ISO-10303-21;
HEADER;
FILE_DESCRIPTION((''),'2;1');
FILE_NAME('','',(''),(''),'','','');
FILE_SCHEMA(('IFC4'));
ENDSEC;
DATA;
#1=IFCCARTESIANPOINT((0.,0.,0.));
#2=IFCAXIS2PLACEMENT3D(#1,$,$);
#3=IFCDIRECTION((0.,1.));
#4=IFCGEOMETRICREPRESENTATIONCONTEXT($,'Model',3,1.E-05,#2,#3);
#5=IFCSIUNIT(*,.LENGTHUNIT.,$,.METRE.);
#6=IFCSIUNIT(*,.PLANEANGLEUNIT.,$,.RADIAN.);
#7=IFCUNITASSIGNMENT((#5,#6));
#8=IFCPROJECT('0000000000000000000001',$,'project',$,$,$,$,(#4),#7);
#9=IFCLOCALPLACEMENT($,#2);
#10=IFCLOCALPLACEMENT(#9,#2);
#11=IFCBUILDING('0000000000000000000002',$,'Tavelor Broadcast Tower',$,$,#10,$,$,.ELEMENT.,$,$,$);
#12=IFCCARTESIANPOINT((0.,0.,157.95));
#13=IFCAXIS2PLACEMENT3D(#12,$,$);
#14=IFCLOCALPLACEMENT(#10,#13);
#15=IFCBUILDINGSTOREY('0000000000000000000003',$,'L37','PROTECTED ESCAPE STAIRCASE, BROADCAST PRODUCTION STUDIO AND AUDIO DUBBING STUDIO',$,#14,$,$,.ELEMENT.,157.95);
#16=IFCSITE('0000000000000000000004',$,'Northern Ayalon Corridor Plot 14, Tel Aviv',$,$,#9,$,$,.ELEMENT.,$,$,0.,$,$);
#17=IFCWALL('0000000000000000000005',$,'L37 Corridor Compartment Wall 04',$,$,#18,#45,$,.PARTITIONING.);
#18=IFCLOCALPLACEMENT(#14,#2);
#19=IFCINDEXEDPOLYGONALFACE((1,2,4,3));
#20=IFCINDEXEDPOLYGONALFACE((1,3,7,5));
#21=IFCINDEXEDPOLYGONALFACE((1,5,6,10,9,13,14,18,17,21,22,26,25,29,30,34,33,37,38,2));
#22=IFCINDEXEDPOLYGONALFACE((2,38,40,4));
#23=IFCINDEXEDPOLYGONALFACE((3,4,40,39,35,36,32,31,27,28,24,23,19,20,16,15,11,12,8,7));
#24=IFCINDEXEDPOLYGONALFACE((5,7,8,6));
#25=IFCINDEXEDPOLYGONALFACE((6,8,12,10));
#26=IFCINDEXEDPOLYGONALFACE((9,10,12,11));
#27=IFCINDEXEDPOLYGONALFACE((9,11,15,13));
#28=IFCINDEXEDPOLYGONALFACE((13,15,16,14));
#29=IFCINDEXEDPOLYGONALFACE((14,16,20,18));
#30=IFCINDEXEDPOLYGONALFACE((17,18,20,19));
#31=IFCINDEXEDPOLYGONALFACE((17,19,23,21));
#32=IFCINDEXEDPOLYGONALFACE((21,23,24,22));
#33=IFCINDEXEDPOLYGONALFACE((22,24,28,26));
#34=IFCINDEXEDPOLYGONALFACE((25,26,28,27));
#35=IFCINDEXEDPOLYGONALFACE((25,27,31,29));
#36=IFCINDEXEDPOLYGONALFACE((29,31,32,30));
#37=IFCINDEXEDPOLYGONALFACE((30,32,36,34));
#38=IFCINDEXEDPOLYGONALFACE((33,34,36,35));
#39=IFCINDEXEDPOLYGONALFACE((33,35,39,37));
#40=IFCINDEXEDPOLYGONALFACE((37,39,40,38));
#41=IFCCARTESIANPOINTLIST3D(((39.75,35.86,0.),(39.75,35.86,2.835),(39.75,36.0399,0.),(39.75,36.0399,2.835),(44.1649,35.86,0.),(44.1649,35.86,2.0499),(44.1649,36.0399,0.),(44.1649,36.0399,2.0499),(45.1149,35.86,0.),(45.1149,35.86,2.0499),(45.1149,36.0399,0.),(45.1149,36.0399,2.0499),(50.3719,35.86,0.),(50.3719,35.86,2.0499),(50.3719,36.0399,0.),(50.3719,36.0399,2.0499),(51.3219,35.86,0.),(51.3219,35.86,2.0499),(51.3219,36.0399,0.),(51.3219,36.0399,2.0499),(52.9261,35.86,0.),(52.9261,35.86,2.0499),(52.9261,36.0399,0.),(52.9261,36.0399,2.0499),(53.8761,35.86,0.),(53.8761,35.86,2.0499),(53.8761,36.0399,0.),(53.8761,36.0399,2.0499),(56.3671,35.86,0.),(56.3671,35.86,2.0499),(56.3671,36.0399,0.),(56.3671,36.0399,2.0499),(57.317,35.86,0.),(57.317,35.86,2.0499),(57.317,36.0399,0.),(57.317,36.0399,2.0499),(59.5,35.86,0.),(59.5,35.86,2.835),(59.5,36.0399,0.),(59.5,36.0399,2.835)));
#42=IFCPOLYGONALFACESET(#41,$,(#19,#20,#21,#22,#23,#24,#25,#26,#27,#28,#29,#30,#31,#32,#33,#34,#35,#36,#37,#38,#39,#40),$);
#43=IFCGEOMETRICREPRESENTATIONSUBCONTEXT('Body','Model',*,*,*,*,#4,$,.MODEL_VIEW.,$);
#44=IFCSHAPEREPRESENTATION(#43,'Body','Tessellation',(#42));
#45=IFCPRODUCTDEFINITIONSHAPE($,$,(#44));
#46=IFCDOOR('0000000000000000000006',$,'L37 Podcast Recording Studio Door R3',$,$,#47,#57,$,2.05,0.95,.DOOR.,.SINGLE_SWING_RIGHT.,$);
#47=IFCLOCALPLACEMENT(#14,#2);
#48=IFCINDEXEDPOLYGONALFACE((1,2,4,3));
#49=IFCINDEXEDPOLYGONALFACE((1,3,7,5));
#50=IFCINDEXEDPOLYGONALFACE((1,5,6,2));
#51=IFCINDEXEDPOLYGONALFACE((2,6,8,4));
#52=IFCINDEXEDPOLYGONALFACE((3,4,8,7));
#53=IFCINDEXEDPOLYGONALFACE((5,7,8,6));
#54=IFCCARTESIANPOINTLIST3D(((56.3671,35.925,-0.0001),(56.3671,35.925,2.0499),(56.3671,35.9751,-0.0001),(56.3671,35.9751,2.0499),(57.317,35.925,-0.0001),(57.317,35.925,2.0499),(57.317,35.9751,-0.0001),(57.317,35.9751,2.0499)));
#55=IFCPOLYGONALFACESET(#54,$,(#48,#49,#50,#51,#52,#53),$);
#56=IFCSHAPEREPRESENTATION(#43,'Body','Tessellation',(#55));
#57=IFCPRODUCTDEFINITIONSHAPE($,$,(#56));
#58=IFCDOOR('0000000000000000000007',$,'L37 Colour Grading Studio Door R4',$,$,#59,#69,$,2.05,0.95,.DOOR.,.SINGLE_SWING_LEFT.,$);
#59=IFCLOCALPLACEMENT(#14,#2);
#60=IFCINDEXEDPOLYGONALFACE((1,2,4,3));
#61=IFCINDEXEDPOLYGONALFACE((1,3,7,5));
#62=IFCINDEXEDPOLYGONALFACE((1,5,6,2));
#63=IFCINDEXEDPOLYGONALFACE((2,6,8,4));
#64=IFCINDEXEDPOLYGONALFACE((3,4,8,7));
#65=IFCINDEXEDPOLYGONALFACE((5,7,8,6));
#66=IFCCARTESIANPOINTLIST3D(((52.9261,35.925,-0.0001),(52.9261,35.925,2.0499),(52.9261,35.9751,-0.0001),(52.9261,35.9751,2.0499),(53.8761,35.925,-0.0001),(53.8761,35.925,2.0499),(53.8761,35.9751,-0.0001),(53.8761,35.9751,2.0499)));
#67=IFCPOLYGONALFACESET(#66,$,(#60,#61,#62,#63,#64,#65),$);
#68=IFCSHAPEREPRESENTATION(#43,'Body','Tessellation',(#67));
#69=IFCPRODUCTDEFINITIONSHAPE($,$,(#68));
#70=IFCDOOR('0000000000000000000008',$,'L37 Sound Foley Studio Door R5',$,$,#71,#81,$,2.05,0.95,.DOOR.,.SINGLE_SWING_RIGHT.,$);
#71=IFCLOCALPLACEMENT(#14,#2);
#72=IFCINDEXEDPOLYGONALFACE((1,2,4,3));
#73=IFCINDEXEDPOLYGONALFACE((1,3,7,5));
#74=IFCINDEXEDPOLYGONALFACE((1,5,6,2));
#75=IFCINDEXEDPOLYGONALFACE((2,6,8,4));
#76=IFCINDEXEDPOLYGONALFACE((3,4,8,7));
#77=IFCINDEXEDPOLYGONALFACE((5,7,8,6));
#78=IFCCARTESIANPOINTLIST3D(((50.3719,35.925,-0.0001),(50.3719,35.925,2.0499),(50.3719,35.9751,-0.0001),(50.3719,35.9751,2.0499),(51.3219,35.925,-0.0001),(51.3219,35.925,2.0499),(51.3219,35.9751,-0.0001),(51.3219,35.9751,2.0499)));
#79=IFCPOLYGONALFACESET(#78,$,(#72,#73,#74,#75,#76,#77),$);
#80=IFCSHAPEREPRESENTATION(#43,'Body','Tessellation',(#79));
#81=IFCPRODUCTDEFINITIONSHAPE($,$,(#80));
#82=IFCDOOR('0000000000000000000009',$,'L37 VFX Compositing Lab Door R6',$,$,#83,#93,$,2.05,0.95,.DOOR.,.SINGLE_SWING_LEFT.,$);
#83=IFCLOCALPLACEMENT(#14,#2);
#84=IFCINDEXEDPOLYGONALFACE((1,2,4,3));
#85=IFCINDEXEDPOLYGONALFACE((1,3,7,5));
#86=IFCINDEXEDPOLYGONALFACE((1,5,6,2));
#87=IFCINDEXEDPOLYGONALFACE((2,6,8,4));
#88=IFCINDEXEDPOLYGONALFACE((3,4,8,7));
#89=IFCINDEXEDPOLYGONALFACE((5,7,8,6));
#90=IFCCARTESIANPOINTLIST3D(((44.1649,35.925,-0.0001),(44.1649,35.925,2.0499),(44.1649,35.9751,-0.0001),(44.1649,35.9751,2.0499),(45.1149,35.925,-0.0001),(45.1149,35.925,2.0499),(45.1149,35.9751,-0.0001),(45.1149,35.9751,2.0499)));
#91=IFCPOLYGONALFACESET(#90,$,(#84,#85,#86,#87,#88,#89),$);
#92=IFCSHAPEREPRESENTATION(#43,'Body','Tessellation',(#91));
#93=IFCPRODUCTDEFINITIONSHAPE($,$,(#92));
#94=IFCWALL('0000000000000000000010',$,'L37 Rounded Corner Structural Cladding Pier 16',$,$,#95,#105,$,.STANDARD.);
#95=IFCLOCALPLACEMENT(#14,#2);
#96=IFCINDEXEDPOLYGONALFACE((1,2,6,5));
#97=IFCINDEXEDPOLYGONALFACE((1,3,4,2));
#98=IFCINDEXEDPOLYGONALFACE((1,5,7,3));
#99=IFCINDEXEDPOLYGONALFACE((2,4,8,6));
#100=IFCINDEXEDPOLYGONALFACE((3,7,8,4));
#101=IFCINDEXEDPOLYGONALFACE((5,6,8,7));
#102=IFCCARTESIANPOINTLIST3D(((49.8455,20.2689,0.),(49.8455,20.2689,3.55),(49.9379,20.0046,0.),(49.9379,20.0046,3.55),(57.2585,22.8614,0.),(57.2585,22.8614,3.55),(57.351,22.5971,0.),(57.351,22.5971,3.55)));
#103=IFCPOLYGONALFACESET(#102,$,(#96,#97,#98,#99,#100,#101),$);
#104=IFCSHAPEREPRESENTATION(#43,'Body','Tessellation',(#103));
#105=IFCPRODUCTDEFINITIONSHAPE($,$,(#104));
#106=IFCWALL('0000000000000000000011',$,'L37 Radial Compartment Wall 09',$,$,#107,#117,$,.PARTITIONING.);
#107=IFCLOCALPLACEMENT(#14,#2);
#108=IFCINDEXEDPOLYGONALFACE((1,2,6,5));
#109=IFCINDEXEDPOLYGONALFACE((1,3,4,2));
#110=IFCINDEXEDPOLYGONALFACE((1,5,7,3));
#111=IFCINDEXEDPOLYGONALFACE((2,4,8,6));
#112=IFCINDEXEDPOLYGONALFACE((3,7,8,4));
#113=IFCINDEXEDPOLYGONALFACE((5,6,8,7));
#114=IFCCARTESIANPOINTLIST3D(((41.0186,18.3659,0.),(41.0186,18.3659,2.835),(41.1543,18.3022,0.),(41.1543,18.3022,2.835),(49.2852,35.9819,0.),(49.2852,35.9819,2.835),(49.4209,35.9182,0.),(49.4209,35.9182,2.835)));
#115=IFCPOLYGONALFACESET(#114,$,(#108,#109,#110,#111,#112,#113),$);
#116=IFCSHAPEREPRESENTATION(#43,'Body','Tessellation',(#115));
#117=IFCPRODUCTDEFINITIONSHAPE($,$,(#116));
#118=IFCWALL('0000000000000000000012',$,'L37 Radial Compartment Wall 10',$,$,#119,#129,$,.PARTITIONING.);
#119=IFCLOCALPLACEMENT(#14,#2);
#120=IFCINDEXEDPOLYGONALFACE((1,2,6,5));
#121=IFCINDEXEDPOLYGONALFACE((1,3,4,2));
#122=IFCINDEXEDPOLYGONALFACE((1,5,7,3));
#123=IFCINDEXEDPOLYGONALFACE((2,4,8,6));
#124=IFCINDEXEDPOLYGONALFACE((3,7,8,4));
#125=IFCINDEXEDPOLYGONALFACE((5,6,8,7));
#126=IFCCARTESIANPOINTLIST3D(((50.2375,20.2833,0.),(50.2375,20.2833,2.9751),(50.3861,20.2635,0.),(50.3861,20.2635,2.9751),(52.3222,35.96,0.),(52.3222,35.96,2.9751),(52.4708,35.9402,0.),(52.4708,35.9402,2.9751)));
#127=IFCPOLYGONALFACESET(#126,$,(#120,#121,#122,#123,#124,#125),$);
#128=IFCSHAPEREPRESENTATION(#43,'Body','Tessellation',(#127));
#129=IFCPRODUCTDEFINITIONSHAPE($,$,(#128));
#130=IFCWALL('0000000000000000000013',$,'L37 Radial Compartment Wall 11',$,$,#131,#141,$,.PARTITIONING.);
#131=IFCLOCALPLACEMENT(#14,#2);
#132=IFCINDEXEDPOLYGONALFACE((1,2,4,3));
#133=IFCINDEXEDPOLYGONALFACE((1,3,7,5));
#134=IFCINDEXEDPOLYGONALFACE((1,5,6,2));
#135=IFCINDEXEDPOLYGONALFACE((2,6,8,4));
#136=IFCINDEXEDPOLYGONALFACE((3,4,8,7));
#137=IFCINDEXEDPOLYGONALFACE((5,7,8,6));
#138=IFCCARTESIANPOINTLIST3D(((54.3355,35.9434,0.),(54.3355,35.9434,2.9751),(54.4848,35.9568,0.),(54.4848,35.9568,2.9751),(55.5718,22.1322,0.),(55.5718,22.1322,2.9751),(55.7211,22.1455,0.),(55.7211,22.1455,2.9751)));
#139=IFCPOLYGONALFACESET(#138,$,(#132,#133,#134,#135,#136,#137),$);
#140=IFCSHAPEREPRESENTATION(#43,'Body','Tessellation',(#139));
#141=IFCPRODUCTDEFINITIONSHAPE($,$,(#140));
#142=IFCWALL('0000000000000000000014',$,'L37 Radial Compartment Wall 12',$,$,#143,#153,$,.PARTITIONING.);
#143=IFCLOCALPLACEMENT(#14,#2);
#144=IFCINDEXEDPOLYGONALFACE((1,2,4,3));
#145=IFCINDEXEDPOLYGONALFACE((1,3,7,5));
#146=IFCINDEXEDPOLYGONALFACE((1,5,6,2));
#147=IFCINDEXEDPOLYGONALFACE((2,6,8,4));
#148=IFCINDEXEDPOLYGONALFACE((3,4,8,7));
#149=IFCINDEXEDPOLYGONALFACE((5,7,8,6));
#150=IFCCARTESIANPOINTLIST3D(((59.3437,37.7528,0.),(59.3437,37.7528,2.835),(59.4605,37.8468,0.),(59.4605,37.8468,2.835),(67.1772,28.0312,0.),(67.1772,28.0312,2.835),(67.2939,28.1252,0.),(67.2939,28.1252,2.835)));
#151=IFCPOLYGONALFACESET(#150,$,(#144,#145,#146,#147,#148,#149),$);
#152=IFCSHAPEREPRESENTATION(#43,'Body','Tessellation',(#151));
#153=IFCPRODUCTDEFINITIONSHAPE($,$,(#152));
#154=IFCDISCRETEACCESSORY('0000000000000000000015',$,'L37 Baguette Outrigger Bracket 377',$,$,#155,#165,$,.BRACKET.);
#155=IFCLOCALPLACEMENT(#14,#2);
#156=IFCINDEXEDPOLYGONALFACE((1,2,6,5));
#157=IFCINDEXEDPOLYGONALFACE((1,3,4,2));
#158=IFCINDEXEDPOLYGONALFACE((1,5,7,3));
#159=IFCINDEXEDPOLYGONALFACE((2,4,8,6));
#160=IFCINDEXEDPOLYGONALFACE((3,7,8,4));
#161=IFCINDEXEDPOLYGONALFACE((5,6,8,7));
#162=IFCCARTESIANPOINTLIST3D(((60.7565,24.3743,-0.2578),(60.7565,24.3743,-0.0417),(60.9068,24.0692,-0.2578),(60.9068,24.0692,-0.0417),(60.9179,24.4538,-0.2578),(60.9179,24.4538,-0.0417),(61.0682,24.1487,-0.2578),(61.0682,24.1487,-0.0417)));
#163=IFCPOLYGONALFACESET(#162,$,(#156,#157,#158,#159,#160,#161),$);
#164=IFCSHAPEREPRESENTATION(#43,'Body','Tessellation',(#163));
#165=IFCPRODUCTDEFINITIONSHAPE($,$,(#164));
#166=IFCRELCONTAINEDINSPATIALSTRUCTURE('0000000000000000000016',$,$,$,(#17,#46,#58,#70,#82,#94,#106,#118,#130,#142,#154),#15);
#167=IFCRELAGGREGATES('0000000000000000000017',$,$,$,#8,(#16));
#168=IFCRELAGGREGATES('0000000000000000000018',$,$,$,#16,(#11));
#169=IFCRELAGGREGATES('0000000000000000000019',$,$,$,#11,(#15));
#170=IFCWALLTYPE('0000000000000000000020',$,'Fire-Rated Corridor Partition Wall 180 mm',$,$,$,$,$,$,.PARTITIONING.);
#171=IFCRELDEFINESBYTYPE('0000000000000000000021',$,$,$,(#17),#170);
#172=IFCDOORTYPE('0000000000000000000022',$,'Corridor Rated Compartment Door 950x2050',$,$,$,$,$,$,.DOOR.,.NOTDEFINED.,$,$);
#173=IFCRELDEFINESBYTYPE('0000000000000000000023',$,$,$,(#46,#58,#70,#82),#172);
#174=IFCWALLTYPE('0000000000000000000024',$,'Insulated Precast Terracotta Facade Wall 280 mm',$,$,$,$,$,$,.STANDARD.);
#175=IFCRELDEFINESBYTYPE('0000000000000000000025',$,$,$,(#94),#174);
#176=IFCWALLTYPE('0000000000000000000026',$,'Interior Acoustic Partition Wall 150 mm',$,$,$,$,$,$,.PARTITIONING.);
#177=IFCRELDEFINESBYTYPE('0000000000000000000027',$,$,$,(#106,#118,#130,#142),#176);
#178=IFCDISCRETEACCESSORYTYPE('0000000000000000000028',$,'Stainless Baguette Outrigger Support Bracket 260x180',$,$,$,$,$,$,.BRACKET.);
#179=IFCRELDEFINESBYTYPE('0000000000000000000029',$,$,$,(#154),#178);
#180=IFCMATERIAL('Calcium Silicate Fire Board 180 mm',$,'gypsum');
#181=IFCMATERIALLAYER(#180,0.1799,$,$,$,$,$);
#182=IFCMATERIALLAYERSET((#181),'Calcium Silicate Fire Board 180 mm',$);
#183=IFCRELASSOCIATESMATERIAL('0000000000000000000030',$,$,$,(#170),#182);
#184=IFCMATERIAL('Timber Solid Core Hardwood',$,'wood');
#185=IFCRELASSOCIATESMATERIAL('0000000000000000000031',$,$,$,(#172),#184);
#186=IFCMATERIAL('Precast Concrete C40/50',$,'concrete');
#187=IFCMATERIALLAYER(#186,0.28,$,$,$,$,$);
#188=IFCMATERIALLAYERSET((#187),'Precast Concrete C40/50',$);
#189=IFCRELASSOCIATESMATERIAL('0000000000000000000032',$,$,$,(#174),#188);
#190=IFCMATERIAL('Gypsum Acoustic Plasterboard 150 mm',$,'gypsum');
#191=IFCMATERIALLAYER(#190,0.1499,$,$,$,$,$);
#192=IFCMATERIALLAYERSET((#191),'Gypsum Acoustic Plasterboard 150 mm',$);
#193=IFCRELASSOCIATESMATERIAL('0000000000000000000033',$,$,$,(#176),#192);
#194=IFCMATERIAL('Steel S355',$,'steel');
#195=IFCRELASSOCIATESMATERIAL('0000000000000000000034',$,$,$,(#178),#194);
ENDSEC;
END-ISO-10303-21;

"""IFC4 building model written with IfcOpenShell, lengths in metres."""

from ifc_helpers import new_model, si_unit, direction, frame, frame_2d, origin, origin_2d, place, context, subcontext, project, spatial, rectangle, extrude, source, transform, mapped, material, layer, layer_set, type_object, type_shapes, element, fill, save


model = new_model("IFC4")

# Units and contexts
model_context = context("Model", 3, precision=1e-05, world=origin(), true_north=direction((0.0, 1.0)))
body_context = subcontext(model_context, "Body", "Model", "MODEL_VIEW")
ifc_project = project(units=[si_unit("LENGTHUNIT", "METRE"), si_unit("PLANEANGLEUNIT", "RADIAN")], contexts=[model_context])

# Site, building, storey
site_placement = place(None, origin())
site = spatial("IfcSite", under=ifc_project, at=site_placement, Name="Northern Ayalon Corridor Plot 14, Tel Aviv", CompositionType="ELEMENT", RefElevation=0.0)
building_placement = place(site_placement, origin())
building = spatial("IfcBuilding", under=site, at=building_placement, Name="Tavelor Broadcast Tower", CompositionType="ELEMENT")
storey_placement = place(building_placement, frame((0.0, 0.0, 157.95)))
storey = spatial("IfcBuildingStorey", under=building, at=storey_placement, Name="L37", Description="PROTECTED ESCAPE STAIRCASE, BROADCAST PRODUCTION STUDIO AND AUDIO DUBBING STUDIO", CompositionType="ELEMENT", Elevation=157.95)

# Shared definitions
ifc_material_1 = material(Name="Steel S355", Category="steel")

# Wall, openings, doors
ifc_material_2 = material(Name="Calcium Silicate Fire Board 180 mm", Category="gypsum")
ifc_layer_1 = layer(ifc_material_2, 0.1799)
ifc_layer_set_1 = layer_set([ifc_layer_1], Name="Calcium Silicate Fire Board 180 mm")
wall_type_1 = type_object("IfcWallType", Name="Fire-Rated Corridor Partition Wall 180 mm", PredefinedType="PARTITIONING", material=ifc_layer_set_1)
wall_1_placement = place(storey_placement, frame((59.5, 35.95, 0.0), z_axis=(0.0, 0.0, 1.0), x_axis=(-1.0, 0.0, 0.0)))
wall_1 = element("IfcWall", 1, at=wall_1_placement, inside=storey, type_object=wall_type_1, Name="L37 Corridor Compartment Wall 04", PredefinedType="PARTITIONING", context=body_context, shape_type="SweptSolid", body=[
    extrude(rectangle(XDim=19.75, YDim=0.1799, at=frame_2d((9.875, 0.0))), origin(), (0.0, 0.0, 1.0), 2.835),
])
opening_1_placement = place(wall_1_placement, frame((2.1829, 0.0, 0.0)))
opening_1 = element("IfcOpeningElement", 2, at=opening_1_placement, cuts=wall_1, PredefinedType="OPENING", context=body_context, shape_type="SweptSolid", body=[
    extrude(rectangle(XDim=0.95, YDim=2.05, at=frame_2d((0.4751, 1.0249))), frame((0.0, 0.1001, 0.0), z_axis=(0.0, -1.0, 0.0), x_axis=(1.0, 0.0, 0.0)), (0.0, 0.0, 1.0), 0.2),
])
opening_2_placement = place(wall_1_placement, frame((5.6238, 0.0, 0.0)))
opening_2 = element("IfcOpeningElement", 3, at=opening_2_placement, cuts=wall_1, PredefinedType="OPENING", context=body_context, shape_type="SweptSolid", body=[
    extrude(rectangle(XDim=0.95, YDim=2.05, at=frame_2d((0.4751, 1.0249))), frame((0.0, 0.1001, 0.0), z_axis=(0.0, -1.0, 0.0), x_axis=(1.0, 0.0, 0.0)), (0.0, 0.0, 1.0), 0.2),
])
opening_3_placement = place(wall_1_placement, frame((8.178, 0.0, 0.0)))
opening_3 = element("IfcOpeningElement", 4, at=opening_3_placement, cuts=wall_1, PredefinedType="OPENING", context=body_context, shape_type="SweptSolid", body=[
    extrude(rectangle(XDim=0.95, YDim=2.05, at=frame_2d((0.4751, 1.0249))), frame((0.0, 0.1001, 0.0), z_axis=(0.0, -1.0, 0.0), x_axis=(1.0, 0.0, 0.0)), (0.0, 0.0, 1.0), 0.2),
])
opening_4_placement = place(wall_1_placement, frame((14.385, 0.0, 0.0)))
opening_4 = element("IfcOpeningElement", 5, at=opening_4_placement, cuts=wall_1, PredefinedType="OPENING", context=body_context, shape_type="SweptSolid", body=[
    extrude(rectangle(XDim=0.95, YDim=2.05, at=frame_2d((0.4751, 1.0249))), frame((0.0, 0.1001, 0.0), z_axis=(0.0, -1.0, 0.0), x_axis=(1.0, 0.0, 0.0)), (0.0, 0.0, 1.0), 0.2),
])
ifc_material_3 = material(Name="Timber Solid Core Hardwood", Category="wood")
door_type = type_object("IfcDoorType", Name="Corridor Rated Compartment Door 950x2050", OperationType="NOTDEFINED", PredefinedType="DOOR", material=ifc_material_3)
door_1_placement = place(opening_1_placement, origin())
door_1 = element("IfcDoor", 6, at=door_1_placement, inside=storey, type_object=door_type, Name="L37 Podcast Recording Studio Door R3", OperationType="SINGLE_SWING_RIGHT", OverallHeight=2.05, OverallWidth=0.95, PredefinedType="DOOR", context=body_context, shape_type="SweptSolid", body=[
    extrude(rectangle(XDim=0.95, YDim=2.05, at=frame_2d((0.4751, 1.0249))), frame((0.0, 0.0249, 0.0), z_axis=(0.0, -1.0, 0.0), x_axis=(1.0, 0.0, 0.0)), (0.0, 0.0, 1.0), 0.05),
])
fill(opening_1, door_1)
door_2_placement = place(opening_2_placement, origin())
door_2 = element("IfcDoor", 7, at=door_2_placement, inside=storey, type_object=door_type, Name="L37 Colour Grading Studio Door R4", OperationType="SINGLE_SWING_LEFT", OverallHeight=2.05, OverallWidth=0.95, PredefinedType="DOOR", context=body_context, shape_type="SweptSolid", body=[
    extrude(rectangle(XDim=0.95, YDim=2.05, at=frame_2d((0.4751, 1.0249))), frame((0.0, 0.0249, 0.0), z_axis=(0.0, -1.0, 0.0), x_axis=(1.0, 0.0, 0.0)), (0.0, 0.0, 1.0), 0.05),
])
fill(opening_2, door_2)
door_3_placement = place(opening_3_placement, origin())
door_3 = element("IfcDoor", 8, at=door_3_placement, inside=storey, type_object=door_type, Name="L37 Sound Foley Studio Door R5", OperationType="SINGLE_SWING_RIGHT", OverallHeight=2.05, OverallWidth=0.95, PredefinedType="DOOR", context=body_context, shape_type="SweptSolid", body=[
    extrude(rectangle(XDim=0.95, YDim=2.05, at=frame_2d((0.4751, 1.0249))), frame((0.0, 0.0249, 0.0), z_axis=(0.0, -1.0, 0.0), x_axis=(1.0, 0.0, 0.0)), (0.0, 0.0, 1.0), 0.05),
])
fill(opening_3, door_3)
door_4_placement = place(opening_4_placement, origin())
door_4 = element("IfcDoor", 9, at=door_4_placement, inside=storey, type_object=door_type, Name="L37 VFX Compositing Lab Door R6", OperationType="SINGLE_SWING_LEFT", OverallHeight=2.05, OverallWidth=0.95, PredefinedType="DOOR", context=body_context, shape_type="SweptSolid", body=[
    extrude(rectangle(XDim=0.95, YDim=2.05, at=frame_2d((0.4751, 1.0249))), frame((0.0, 0.0249, 0.0), z_axis=(0.0, -1.0, 0.0), x_axis=(1.0, 0.0, 0.0)), (0.0, 0.0, 1.0), 0.05),
])
fill(opening_4, door_4)

# Walls
ifc_material_4 = material(Name="Precast Concrete C40/50", Category="concrete")
ifc_layer_2 = layer(ifc_material_4, 0.28)
ifc_layer_set_2 = layer_set([ifc_layer_2], Name="Precast Concrete C40/50")
wall_type_2 = type_object("IfcWallType", Name="Insulated Precast Terracotta Facade Wall 280 mm", PredefinedType="STANDARD", material=ifc_layer_set_2)
wall_2_placement = place(storey_placement, frame((49.8916, 20.1367, 0.0), z_axis=(0.0, 0.0, 1.0), x_axis=(0.94394, 0.330118, 0.0)))
element("IfcWall", 10, at=wall_2_placement, inside=storey, type_object=wall_type_2, Name="L37 Rounded Corner Structural Cladding Pier 16", PredefinedType="STANDARD", context=body_context, shape_type="SweptSolid", body=[
    extrude(rectangle(XDim=7.8533, YDim=0.28, at=frame_2d((3.9268, 0.0))), origin(), (0.0, 0.0, 1.0), 3.55),
])
ifc_material_5 = material(Name="Gypsum Acoustic Plasterboard 150 mm", Category="gypsum")
ifc_layer_3 = layer(ifc_material_5, 0.1499)
ifc_layer_set_3 = layer_set([ifc_layer_3], Name="Gypsum Acoustic Plasterboard 150 mm")
wall_type_3 = type_object("IfcWallType", Name="Interior Acoustic Partition Wall 150 mm", PredefinedType="PARTITIONING", material=ifc_layer_set_3)
wall_3_placement = place(storey_placement, frame((49.353, 35.95, 0.0), z_axis=(0.0, 0.0, 1.0), x_axis=(-0.424818, -0.905279, 0.0)))
element("IfcWall", 11, at=wall_3_placement, inside=storey, type_object=wall_type_3, Name="L37 Radial Compartment Wall 09", PredefinedType="PARTITIONING", context=body_context, shape_type="SweptSolid", body=[
    extrude(rectangle(XDim=19.4592, YDim=0.1499, at=frame_2d((9.7295, 0.0))), origin(), (0.0, 0.0, 1.0), 2.835),
])
wall_4_placement = place(storey_placement, frame((52.3965, 35.95, 0.0), z_axis=(0.0, 0.0, 1.0), x_axis=(-0.131821, -0.991274, 0.0)))
element("IfcWall", 12, at=wall_4_placement, inside=storey, type_object=wall_type_3, Name="L37 Radial Compartment Wall 10", PredefinedType="PARTITIONING", context=body_context, shape_type="SweptSolid", body=[
    extrude(rectangle(XDim=15.8147, YDim=0.1499, at=frame_2d((7.9072, 0.0))), origin(), (0.0, 0.0, 1.0), 2.9751),
])
wall_5_placement = place(storey_placement, frame((54.4102, 35.95, 0.0), z_axis=(0.0, 0.0, 1.0), x_axis=(0.089159, -0.996017, 0.0)))
element("IfcWall", 13, at=wall_5_placement, inside=storey, type_object=wall_type_3, Name="L37 Radial Compartment Wall 11", PredefinedType="PARTITIONING", context=body_context, shape_type="SweptSolid", body=[
    extrude(rectangle(XDim=13.8665, YDim=0.1499, at=frame_2d((6.9331, 0.0))), origin(), (0.0, 0.0, 1.0), 2.9751),
])
wall_6_placement = place(storey_placement, frame((59.4021, 37.7998, 0.0), z_axis=(0.0, 0.0, 1.0), x_axis=(0.627434, -0.77867, 0.0)))
element("IfcWall", 14, at=wall_6_placement, inside=storey, type_object=wall_type_3, Name="L37 Radial Compartment Wall 12", PredefinedType="PARTITIONING", context=body_context, shape_type="SweptSolid", body=[
    extrude(rectangle(XDim=12.4849, YDim=0.1499, at=frame_2d((6.2424, 0.0))), origin(), (0.0, 0.0, 1.0), 2.835),
])

# Discrete accessory
discrete_accessory_type = type_object("IfcDiscreteAccessoryType", Name="Stainless Baguette Outrigger Support Bracket 260x180", PredefinedType="BRACKET", material=ifc_material_1)
shared_shape_1 = source(origin(), body_context, "Body", "SweptSolid", [
    extrude(rectangle(XDim=0.1799, YDim=0.3401, at=origin_2d()), origin(), (0.0, 0.0, 1.0), 0.2161),
])
type_shapes(discrete_accessory_type, [shared_shape_1])
discrete_accessory_placement = place(storey_placement, frame((60.9124, 24.2615, -0.2578), z_axis=(0.0, 0.0, 1.0), x_axis=(0.897104, 0.441819, 0.0)))
element("IfcDiscreteAccessory", 15, at=discrete_accessory_placement, inside=storey, type_object=discrete_accessory_type, Name="L37 Baguette Outrigger Bracket 377", PredefinedType="BRACKET", context=body_context, shape_type="MappedRepresentation", body=[
    mapped(shared_shape_1, transform((0.0, 0.0, 0.0), scale=1.0)),
])

save(model, "model.ifc")
